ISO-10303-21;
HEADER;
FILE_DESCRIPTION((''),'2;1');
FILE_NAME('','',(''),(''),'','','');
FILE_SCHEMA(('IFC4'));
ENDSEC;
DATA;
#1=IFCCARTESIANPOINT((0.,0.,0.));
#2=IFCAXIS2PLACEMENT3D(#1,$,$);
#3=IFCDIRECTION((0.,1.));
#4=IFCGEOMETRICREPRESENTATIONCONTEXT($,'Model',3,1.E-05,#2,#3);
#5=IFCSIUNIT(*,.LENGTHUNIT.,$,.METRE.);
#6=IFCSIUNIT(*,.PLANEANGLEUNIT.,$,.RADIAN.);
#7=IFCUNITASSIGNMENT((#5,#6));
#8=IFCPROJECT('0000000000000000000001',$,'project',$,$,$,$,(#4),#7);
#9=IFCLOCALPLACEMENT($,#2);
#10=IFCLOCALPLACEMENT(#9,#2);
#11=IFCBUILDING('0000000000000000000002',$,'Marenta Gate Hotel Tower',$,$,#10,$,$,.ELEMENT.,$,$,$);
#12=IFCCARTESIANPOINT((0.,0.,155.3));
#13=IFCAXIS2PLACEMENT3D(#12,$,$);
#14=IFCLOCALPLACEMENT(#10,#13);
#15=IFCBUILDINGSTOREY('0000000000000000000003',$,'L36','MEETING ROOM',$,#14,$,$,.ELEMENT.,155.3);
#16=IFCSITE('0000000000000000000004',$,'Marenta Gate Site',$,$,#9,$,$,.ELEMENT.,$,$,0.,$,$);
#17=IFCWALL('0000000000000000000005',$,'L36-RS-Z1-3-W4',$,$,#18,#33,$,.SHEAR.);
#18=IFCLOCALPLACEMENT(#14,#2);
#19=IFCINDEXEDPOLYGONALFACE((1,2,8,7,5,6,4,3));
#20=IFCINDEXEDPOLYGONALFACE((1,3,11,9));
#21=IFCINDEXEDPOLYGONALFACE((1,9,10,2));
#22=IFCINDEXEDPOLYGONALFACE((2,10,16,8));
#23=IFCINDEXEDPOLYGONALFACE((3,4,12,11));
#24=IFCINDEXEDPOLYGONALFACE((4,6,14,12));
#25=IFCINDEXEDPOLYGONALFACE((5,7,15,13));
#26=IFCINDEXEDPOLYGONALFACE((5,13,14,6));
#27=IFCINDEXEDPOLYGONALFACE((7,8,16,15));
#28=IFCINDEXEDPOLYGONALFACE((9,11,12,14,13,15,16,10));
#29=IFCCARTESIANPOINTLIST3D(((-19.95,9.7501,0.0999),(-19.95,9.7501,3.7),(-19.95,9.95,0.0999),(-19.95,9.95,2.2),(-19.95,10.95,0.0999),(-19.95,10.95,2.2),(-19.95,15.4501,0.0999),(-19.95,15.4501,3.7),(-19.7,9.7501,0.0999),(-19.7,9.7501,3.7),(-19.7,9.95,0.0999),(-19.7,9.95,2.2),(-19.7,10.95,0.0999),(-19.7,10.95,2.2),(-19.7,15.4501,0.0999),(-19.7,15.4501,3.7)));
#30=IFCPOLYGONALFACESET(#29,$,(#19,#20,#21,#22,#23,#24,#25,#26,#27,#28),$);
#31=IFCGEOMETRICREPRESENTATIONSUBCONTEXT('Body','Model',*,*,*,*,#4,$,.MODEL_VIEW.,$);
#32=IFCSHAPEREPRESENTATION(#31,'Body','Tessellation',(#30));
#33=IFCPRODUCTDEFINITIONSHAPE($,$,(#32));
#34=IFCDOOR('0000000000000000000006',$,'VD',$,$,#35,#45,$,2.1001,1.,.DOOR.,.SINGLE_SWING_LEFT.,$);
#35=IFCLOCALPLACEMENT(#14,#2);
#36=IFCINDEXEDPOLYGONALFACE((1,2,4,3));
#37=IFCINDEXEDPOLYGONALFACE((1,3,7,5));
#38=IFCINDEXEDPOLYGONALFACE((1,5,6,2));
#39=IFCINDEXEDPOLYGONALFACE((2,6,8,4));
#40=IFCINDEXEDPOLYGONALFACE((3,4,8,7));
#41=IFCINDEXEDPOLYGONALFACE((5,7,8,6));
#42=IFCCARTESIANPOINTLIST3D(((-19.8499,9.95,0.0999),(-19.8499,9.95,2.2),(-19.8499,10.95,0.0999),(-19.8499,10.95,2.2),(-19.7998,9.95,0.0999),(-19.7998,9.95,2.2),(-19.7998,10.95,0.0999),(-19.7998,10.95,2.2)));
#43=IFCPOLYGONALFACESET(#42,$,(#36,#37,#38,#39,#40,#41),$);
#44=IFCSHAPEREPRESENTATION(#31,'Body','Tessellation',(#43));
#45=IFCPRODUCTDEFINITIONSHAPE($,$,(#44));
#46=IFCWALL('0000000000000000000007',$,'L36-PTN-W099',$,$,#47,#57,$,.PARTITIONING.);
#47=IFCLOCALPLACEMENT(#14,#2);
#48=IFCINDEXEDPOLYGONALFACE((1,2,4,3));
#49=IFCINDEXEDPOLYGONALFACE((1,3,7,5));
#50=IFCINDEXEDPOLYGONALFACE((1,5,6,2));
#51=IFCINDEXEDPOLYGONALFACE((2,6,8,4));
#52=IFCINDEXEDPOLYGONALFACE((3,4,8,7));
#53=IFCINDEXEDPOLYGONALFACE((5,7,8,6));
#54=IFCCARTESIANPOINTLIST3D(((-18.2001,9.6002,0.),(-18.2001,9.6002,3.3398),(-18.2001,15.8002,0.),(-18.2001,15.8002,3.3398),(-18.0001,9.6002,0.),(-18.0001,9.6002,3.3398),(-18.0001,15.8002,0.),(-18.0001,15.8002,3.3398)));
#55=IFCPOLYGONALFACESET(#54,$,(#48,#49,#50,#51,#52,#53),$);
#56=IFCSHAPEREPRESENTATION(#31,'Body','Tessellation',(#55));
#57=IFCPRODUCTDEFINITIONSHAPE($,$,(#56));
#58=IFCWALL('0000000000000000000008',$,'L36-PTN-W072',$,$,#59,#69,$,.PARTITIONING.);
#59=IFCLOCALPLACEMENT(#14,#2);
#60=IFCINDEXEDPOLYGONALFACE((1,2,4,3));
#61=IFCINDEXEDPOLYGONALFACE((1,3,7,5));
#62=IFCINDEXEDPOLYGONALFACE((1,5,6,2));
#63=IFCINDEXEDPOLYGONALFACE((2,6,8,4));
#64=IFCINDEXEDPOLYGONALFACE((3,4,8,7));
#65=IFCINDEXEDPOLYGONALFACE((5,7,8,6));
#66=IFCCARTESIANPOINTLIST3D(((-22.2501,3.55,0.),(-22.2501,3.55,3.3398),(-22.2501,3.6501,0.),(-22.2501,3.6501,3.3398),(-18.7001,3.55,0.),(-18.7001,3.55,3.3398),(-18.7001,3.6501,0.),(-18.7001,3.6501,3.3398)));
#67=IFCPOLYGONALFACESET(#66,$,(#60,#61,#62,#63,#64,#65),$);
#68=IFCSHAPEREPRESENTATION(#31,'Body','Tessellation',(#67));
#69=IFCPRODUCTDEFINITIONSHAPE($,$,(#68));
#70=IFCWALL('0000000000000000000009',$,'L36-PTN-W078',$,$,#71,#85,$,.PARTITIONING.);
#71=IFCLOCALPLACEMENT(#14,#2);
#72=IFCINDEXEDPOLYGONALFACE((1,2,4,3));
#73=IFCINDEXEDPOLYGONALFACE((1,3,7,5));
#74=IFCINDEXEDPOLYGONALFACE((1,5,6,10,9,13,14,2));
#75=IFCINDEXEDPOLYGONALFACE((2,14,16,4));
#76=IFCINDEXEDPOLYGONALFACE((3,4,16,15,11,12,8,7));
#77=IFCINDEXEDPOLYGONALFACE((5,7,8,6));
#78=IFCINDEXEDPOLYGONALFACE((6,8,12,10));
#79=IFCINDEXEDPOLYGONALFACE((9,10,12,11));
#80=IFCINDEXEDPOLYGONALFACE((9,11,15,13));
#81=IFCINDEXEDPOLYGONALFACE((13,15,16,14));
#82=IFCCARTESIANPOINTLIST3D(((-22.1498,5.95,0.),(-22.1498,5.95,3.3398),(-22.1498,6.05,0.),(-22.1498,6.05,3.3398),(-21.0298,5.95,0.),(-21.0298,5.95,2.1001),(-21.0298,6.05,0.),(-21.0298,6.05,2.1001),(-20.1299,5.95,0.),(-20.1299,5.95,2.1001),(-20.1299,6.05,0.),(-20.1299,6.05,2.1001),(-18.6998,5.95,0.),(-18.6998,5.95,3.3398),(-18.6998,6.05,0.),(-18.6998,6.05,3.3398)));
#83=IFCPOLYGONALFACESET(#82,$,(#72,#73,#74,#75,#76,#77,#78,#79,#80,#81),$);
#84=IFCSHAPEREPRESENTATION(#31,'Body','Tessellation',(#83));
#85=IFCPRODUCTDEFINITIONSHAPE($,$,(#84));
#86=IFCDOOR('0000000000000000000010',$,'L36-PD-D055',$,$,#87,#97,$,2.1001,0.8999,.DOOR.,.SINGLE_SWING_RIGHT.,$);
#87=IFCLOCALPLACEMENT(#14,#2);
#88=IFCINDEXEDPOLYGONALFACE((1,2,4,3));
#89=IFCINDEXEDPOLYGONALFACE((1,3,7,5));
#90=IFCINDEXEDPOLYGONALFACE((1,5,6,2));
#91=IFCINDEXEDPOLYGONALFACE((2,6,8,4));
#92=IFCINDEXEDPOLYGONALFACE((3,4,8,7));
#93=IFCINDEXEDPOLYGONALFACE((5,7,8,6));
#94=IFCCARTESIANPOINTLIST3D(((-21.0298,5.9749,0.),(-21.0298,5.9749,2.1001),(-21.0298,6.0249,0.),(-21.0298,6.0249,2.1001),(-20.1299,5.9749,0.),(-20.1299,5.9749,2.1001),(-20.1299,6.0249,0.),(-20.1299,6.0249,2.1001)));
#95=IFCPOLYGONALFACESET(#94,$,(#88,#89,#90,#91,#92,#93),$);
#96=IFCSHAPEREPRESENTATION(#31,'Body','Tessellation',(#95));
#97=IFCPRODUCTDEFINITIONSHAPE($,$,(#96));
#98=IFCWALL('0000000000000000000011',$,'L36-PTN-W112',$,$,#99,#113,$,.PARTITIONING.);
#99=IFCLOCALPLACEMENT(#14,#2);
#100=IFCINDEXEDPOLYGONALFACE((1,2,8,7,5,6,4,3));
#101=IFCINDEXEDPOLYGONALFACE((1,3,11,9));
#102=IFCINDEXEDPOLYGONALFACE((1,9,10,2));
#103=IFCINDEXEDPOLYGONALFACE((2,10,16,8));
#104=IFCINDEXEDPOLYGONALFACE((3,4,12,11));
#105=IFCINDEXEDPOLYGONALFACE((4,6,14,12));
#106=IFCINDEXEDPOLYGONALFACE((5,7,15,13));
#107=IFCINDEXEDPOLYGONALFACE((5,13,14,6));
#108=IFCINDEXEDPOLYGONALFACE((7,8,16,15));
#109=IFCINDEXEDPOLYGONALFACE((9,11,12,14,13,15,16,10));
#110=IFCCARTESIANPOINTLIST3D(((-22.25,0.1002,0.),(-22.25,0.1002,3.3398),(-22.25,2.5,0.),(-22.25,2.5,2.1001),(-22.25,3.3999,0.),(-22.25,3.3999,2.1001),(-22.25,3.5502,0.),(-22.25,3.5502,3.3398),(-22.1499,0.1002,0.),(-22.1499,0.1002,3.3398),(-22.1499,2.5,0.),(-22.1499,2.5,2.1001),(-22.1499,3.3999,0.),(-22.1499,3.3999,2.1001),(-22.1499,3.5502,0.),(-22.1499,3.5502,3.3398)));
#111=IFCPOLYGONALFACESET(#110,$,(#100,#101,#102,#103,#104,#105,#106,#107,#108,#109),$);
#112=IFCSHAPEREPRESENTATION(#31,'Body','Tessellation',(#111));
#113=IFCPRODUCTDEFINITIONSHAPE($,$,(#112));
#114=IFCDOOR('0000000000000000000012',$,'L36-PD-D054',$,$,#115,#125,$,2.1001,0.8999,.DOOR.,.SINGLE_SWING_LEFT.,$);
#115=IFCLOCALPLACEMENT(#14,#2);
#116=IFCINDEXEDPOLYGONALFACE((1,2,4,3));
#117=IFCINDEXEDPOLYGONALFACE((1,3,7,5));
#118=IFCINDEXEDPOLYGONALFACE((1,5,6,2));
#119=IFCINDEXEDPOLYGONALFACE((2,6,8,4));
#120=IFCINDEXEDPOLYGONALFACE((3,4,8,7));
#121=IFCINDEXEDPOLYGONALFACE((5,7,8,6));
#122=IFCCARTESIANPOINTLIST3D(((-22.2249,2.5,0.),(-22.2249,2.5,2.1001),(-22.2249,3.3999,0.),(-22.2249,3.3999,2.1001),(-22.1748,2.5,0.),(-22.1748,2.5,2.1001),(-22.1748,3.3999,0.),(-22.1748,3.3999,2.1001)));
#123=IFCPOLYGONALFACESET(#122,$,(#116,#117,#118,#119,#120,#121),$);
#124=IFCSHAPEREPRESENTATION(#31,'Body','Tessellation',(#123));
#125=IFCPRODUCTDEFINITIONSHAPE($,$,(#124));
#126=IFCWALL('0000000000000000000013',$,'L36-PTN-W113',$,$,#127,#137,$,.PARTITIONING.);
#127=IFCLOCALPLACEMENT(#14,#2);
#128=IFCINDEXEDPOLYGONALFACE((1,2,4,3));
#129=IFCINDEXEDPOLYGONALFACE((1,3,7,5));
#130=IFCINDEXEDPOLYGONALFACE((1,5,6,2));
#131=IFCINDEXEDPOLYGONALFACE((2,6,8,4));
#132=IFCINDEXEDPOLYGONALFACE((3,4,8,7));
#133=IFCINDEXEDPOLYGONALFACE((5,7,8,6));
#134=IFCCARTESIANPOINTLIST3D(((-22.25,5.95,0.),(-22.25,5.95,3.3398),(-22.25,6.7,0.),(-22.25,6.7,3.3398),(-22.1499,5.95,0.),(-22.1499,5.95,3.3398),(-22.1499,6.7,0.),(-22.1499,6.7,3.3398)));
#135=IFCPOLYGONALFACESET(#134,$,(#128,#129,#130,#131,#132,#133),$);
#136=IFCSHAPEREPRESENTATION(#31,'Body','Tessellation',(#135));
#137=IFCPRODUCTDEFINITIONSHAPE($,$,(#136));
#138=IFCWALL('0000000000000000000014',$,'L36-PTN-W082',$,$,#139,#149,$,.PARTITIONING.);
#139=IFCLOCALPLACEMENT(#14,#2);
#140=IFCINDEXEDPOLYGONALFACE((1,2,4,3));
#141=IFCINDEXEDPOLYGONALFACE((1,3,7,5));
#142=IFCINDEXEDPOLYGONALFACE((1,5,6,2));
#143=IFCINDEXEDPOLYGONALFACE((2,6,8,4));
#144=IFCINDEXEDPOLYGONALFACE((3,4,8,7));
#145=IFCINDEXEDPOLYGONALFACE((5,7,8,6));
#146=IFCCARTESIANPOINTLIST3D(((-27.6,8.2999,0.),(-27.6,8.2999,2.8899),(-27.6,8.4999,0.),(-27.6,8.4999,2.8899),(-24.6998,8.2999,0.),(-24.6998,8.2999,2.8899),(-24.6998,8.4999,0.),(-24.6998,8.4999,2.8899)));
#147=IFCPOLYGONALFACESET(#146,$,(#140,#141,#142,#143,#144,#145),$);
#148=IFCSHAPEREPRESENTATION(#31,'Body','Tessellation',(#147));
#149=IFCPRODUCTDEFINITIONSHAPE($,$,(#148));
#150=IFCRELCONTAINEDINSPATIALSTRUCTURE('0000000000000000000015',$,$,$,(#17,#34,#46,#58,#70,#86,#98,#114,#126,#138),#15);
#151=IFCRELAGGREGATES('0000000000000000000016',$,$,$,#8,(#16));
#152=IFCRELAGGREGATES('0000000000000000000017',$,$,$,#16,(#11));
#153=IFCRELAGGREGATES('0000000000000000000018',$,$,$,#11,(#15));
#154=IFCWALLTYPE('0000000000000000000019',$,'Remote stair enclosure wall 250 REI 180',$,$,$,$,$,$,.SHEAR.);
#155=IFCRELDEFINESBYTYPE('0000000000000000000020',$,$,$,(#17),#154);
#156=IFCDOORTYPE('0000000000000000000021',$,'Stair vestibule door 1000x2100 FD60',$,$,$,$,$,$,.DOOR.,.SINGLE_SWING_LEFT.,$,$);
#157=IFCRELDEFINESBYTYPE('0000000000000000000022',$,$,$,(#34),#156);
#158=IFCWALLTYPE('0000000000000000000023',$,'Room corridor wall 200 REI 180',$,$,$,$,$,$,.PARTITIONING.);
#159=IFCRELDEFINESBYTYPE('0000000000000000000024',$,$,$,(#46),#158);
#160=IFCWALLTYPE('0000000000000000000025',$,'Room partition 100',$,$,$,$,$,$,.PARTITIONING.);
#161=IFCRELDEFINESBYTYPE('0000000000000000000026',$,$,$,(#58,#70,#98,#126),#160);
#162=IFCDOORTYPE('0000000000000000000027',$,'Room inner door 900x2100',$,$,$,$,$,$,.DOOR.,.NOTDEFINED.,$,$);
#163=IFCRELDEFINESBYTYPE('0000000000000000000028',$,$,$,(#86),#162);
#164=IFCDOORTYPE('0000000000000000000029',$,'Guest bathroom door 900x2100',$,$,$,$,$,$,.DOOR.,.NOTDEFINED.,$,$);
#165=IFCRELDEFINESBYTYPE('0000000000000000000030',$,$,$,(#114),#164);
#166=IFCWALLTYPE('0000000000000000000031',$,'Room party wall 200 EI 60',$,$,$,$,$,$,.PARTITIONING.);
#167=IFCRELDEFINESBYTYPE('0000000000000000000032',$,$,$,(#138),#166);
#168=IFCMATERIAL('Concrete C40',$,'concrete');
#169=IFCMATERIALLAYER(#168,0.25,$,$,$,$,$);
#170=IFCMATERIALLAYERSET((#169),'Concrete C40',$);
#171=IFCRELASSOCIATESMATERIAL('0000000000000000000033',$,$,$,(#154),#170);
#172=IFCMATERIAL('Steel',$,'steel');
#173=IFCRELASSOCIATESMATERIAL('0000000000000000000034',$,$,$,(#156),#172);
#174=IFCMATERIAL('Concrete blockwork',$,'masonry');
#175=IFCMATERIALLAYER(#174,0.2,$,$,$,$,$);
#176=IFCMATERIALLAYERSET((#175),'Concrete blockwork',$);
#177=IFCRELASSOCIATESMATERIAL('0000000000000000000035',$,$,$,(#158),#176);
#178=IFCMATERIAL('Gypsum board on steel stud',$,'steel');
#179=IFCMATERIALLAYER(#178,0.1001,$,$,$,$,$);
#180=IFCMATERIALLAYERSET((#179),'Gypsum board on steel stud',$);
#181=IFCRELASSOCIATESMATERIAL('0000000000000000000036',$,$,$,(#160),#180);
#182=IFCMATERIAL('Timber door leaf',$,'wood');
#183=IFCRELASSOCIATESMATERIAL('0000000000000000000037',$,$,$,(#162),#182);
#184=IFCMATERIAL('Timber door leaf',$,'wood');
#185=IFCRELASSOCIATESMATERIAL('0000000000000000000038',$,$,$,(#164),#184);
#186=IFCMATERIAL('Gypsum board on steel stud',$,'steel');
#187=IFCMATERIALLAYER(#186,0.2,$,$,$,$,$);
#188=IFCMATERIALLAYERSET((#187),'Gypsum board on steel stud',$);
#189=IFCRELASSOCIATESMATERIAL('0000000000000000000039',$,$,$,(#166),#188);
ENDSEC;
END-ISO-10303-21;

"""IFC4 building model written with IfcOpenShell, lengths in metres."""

from ifc_helpers import new_model, si_unit, direction, frame, frame_2d, origin, place, context, subcontext, project, spatial, rectangle, extrude, material, layer, layer_set, type_object, element, fill, save


model = new_model("IFC4")

# Units and contexts
model_context = context("Model", 3, precision=1e-05, world=origin(), true_north=direction((0.0, 1.0)))
body_context = subcontext(model_context, "Body", "Model", "MODEL_VIEW")
ifc_project = project(units=[si_unit("LENGTHUNIT", "METRE"), si_unit("PLANEANGLEUNIT", "RADIAN")], contexts=[model_context])

# Site, building, storey
site_placement = place(None, origin())
site = spatial("IfcSite", under=ifc_project, at=site_placement, Name="Marenta Gate Site", CompositionType="ELEMENT", RefElevation=0.0)
building_placement = place(site_placement, origin())
building = spatial("IfcBuilding", under=site, at=building_placement, Name="Marenta Gate Hotel Tower", CompositionType="ELEMENT")
storey_placement = place(building_placement, frame((0.0, 0.0, 155.3)))
storey = spatial("IfcBuildingStorey", under=building, at=storey_placement, Name="L36", Description="MEETING ROOM", CompositionType="ELEMENT", Elevation=155.3)

# Shared definitions
ifc_material_1 = material(Name="Concrete C40", Category="concrete")
ifc_layer_1 = layer(ifc_material_1, 0.25)
ifc_layer_set_1 = layer_set([ifc_layer_1], Name="Concrete C40")
wall_type_1 = type_object("IfcWallType", Name="Remote stair enclosure wall 250 REI 180", PredefinedType="SHEAR", material=ifc_layer_set_1)

# Wall, opening, door
wall_1_placement = place(storey_placement, frame((-19.825, 9.75, 0.0999), z_axis=(0.0, 0.0, 1.0), x_axis=(0.0, 1.0, 0.0)))
wall_1 = element("IfcWall", 1, at=wall_1_placement, inside=storey, type_object=wall_type_1, Name="L36-RS-Z1-3-W4", PredefinedType="SHEAR", context=body_context, shape_type="SweptSolid", body=[
    extrude(rectangle(XDim=5.7, YDim=0.25, at=frame_2d((2.8501, 0.0))), origin(), (0.0, 0.0, 1.0), 3.6001),
])
opening_1_placement = place(wall_1_placement, frame((0.2, 0.0, 0.0)))
opening_1 = element("IfcOpeningElement", 2, at=opening_1_placement, cuts=wall_1, PredefinedType="OPENING", context=body_context, shape_type="SweptSolid", body=[
    extrude(rectangle(XDim=1.0, YDim=2.1001, at=frame_2d((0.5, 1.05))), frame((0.0, 0.125, 0.0), z_axis=(0.0, -1.0, 0.0), x_axis=(1.0, 0.0, 0.0)), (0.0, 0.0, 1.0), 0.25),
])
ifc_material_2 = material(Name="Steel", Category="steel")
door_type_1 = type_object("IfcDoorType", Name="Stair vestibule door 1000x2100 FD60", OperationType="SINGLE_SWING_LEFT", PredefinedType="DOOR", material=ifc_material_2)
door_1_placement = place(opening_1_placement, origin())
door_1 = element("IfcDoor", 3, at=door_1_placement, inside=storey, type_object=door_type_1, Name="VD", OperationType="SINGLE_SWING_LEFT", OverallHeight=2.1001, OverallWidth=1.0, PredefinedType="DOOR", context=body_context, shape_type="SweptSolid", body=[
    extrude(rectangle(XDim=1.0, YDim=2.1001, at=frame_2d((0.5, 1.05))), frame((0.0, 0.0249, 0.0), z_axis=(0.0, -1.0, 0.0), x_axis=(1.0, 0.0, 0.0)), (0.0, 0.0, 1.0), 0.05),
])
fill(opening_1, door_1)
ifc_material_3 = material(Name="Concrete blockwork", Category="masonry")
ifc_layer_2 = layer(ifc_material_3, 0.2)
ifc_layer_set_2 = layer_set([ifc_layer_2], Name="Concrete blockwork")
wall_type_2 = type_object("IfcWallType", Name="Room corridor wall 200 REI 180", PredefinedType="PARTITIONING", material=ifc_layer_set_2)

# Walls
wall_2_placement = place(storey_placement, frame((-18.1001, 9.6001, 0.0), z_axis=(0.0, 0.0, 1.0), x_axis=(0.0, 1.0, 0.0)))
element("IfcWall", 4, at=wall_2_placement, inside=storey, type_object=wall_type_2, Name="L36-PTN-W099", PredefinedType="PARTITIONING", context=body_context, shape_type="SweptSolid", body=[
    extrude(rectangle(XDim=6.2, YDim=0.2, at=frame_2d((3.1001, 0.0))), origin(), (0.0, 0.0, 1.0), 3.3398),
])
ifc_material_4 = material(Name="Gypsum board on steel stud", Category="steel")
ifc_layer_3 = layer(ifc_material_4, 0.1001)
ifc_layer_set_3 = layer_set([ifc_layer_3], Name="Gypsum board on steel stud")
wall_type_3 = type_object("IfcWallType", Name="Room partition 100", PredefinedType="PARTITIONING", material=ifc_layer_set_3)
wall_3_placement = place(storey_placement, frame((-22.25, 3.6001, 0.0), z_axis=(0.0, 0.0, 1.0), x_axis=(1.0, 0.0, 0.0)))
element("IfcWall", 5, at=wall_3_placement, inside=storey, type_object=wall_type_3, Name="L36-PTN-W072", PredefinedType="PARTITIONING", context=body_context, shape_type="SweptSolid", body=[
    extrude(rectangle(XDim=3.55, YDim=0.1001, at=frame_2d((1.7749, 0.0))), origin(), (0.0, 0.0, 1.0), 3.3398),
])

# Walls, openings, doors
wall_4_placement = place(storey_placement, frame((-22.1499, 6.0, 0.0), z_axis=(0.0, 0.0, 1.0), x_axis=(1.0, 0.0, 0.0)))
wall_4 = element("IfcWall", 6, at=wall_4_placement, inside=storey, type_object=wall_type_3, Name="L36-PTN-W078", PredefinedType="PARTITIONING", context=body_context, shape_type="SweptSolid", body=[
    extrude(rectangle(XDim=3.45, YDim=0.1001, at=frame_2d((1.7251, 0.0))), origin(), (0.0, 0.0, 1.0), 3.3398),
])
opening_2_placement = place(wall_4_placement, frame((1.1201, 0.0, 0.0)))
opening_2 = element("IfcOpeningElement", 7, at=opening_2_placement, cuts=wall_4, PredefinedType="OPENING", context=body_context, shape_type="SweptSolid", body=[
    extrude(rectangle(XDim=0.8999, YDim=2.1001, at=frame_2d((0.45, 1.05))), frame((0.0, 0.05, 0.0), z_axis=(0.0, -1.0, 0.0), x_axis=(1.0, 0.0, 0.0)), (0.0, 0.0, 1.0), 0.1001),
])
ifc_material_5 = material(Name="Timber door leaf", Category="wood")
door_type_2 = type_object("IfcDoorType", Name="Room inner door 900x2100", OperationType="NOTDEFINED", PredefinedType="DOOR", material=ifc_material_5)
door_2_placement = place(opening_2_placement, origin())
door_2 = element("IfcDoor", 8, at=door_2_placement, inside=storey, type_object=door_type_2, Name="L36-PD-D055", OperationType="SINGLE_SWING_RIGHT", OverallHeight=2.1001, OverallWidth=0.8999, PredefinedType="DOOR", context=body_context, shape_type="SweptSolid", body=[
    extrude(rectangle(XDim=0.8999, YDim=2.1001, at=frame_2d((0.45, 1.05))), frame((0.0, 0.0249, 0.0), z_axis=(0.0, -1.0, 0.0), x_axis=(1.0, 0.0, 0.0)), (0.0, 0.0, 1.0), 0.05),
])
fill(opening_2, door_2)
wall_5_placement = place(storey_placement, frame((-22.2, 0.1001, 0.0), z_axis=(0.0, 0.0, 1.0), x_axis=(0.0, 1.0, 0.0)))
wall_5 = element("IfcWall", 9, at=wall_5_placement, inside=storey, type_object=wall_type_3, Name="L36-PTN-W112", PredefinedType="PARTITIONING", context=body_context, shape_type="SweptSolid", body=[
    extrude(rectangle(XDim=3.45, YDim=0.1001, at=frame_2d((1.7251, 0.0))), origin(), (0.0, 0.0, 1.0), 3.3398),
])
opening_3_placement = place(wall_5_placement, frame((2.3999, 0.0, 0.0)))
opening_3 = element("IfcOpeningElement", 10, at=opening_3_placement, cuts=wall_5, PredefinedType="OPENING", context=body_context, shape_type="SweptSolid", body=[
    extrude(rectangle(XDim=0.8999, YDim=2.1001, at=frame_2d((0.45, 1.05))), frame((0.0, 0.05, 0.0), z_axis=(0.0, -1.0, 0.0), x_axis=(1.0, 0.0, 0.0)), (0.0, 0.0, 1.0), 0.1001),
])
ifc_material_6 = material(Name="Timber door leaf", Category="wood")
door_type_3 = type_object("IfcDoorType", Name="Guest bathroom door 900x2100", OperationType="NOTDEFINED", PredefinedType="DOOR", material=ifc_material_6)
door_3_placement = place(opening_3_placement, origin())
door_3 = element("IfcDoor", 11, at=door_3_placement, inside=storey, type_object=door_type_3, Name="L36-PD-D054", OperationType="SINGLE_SWING_LEFT", OverallHeight=2.1001, OverallWidth=0.8999, PredefinedType="DOOR", context=body_context, shape_type="SweptSolid", body=[
    extrude(rectangle(XDim=0.8999, YDim=2.1001, at=frame_2d((0.45, 1.05))), frame((0.0, 0.0249, 0.0), z_axis=(0.0, -1.0, 0.0), x_axis=(1.0, 0.0, 0.0)), (0.0, 0.0, 1.0), 0.05),
])
fill(opening_3, door_3)

# Walls
wall_6_placement = place(storey_placement, frame((-22.2, 5.95, 0.0), z_axis=(0.0, 0.0, 1.0), x_axis=(0.0, 1.0, 0.0)))
element("IfcWall", 12, at=wall_6_placement, inside=storey, type_object=wall_type_3, Name="L36-PTN-W113", PredefinedType="PARTITIONING", context=body_context, shape_type="SweptSolid", body=[
    extrude(rectangle(XDim=0.75, YDim=0.1001, at=frame_2d((0.375, 0.0))), origin(), (0.0, 0.0, 1.0), 3.3398),
])
ifc_material_7 = material(Name="Gypsum board on steel stud", Category="steel")
ifc_layer_4 = layer(ifc_material_7, 0.2)
ifc_layer_set_4 = layer_set([ifc_layer_4], Name="Gypsum board on steel stud")
wall_type_4 = type_object("IfcWallType", Name="Room party wall 200 EI 60", PredefinedType="PARTITIONING", material=ifc_layer_set_4)
wall_7_placement = place(storey_placement, frame((-27.6001, 8.3999, 0.0), z_axis=(0.0, 0.0, 1.0), x_axis=(1.0, 0.0, 0.0)))
element("IfcWall", 13, at=wall_7_placement, inside=storey, type_object=wall_type_4, Name="L36-PTN-W082", PredefinedType="PARTITIONING", context=body_context, shape_type="SweptSolid", body=[
    extrude(rectangle(XDim=2.9001, YDim=0.2, at=frame_2d((1.4502, 0.0))), origin(), (0.0, 0.0, 1.0), 2.8899),
])

save(model, "model.ifc")
